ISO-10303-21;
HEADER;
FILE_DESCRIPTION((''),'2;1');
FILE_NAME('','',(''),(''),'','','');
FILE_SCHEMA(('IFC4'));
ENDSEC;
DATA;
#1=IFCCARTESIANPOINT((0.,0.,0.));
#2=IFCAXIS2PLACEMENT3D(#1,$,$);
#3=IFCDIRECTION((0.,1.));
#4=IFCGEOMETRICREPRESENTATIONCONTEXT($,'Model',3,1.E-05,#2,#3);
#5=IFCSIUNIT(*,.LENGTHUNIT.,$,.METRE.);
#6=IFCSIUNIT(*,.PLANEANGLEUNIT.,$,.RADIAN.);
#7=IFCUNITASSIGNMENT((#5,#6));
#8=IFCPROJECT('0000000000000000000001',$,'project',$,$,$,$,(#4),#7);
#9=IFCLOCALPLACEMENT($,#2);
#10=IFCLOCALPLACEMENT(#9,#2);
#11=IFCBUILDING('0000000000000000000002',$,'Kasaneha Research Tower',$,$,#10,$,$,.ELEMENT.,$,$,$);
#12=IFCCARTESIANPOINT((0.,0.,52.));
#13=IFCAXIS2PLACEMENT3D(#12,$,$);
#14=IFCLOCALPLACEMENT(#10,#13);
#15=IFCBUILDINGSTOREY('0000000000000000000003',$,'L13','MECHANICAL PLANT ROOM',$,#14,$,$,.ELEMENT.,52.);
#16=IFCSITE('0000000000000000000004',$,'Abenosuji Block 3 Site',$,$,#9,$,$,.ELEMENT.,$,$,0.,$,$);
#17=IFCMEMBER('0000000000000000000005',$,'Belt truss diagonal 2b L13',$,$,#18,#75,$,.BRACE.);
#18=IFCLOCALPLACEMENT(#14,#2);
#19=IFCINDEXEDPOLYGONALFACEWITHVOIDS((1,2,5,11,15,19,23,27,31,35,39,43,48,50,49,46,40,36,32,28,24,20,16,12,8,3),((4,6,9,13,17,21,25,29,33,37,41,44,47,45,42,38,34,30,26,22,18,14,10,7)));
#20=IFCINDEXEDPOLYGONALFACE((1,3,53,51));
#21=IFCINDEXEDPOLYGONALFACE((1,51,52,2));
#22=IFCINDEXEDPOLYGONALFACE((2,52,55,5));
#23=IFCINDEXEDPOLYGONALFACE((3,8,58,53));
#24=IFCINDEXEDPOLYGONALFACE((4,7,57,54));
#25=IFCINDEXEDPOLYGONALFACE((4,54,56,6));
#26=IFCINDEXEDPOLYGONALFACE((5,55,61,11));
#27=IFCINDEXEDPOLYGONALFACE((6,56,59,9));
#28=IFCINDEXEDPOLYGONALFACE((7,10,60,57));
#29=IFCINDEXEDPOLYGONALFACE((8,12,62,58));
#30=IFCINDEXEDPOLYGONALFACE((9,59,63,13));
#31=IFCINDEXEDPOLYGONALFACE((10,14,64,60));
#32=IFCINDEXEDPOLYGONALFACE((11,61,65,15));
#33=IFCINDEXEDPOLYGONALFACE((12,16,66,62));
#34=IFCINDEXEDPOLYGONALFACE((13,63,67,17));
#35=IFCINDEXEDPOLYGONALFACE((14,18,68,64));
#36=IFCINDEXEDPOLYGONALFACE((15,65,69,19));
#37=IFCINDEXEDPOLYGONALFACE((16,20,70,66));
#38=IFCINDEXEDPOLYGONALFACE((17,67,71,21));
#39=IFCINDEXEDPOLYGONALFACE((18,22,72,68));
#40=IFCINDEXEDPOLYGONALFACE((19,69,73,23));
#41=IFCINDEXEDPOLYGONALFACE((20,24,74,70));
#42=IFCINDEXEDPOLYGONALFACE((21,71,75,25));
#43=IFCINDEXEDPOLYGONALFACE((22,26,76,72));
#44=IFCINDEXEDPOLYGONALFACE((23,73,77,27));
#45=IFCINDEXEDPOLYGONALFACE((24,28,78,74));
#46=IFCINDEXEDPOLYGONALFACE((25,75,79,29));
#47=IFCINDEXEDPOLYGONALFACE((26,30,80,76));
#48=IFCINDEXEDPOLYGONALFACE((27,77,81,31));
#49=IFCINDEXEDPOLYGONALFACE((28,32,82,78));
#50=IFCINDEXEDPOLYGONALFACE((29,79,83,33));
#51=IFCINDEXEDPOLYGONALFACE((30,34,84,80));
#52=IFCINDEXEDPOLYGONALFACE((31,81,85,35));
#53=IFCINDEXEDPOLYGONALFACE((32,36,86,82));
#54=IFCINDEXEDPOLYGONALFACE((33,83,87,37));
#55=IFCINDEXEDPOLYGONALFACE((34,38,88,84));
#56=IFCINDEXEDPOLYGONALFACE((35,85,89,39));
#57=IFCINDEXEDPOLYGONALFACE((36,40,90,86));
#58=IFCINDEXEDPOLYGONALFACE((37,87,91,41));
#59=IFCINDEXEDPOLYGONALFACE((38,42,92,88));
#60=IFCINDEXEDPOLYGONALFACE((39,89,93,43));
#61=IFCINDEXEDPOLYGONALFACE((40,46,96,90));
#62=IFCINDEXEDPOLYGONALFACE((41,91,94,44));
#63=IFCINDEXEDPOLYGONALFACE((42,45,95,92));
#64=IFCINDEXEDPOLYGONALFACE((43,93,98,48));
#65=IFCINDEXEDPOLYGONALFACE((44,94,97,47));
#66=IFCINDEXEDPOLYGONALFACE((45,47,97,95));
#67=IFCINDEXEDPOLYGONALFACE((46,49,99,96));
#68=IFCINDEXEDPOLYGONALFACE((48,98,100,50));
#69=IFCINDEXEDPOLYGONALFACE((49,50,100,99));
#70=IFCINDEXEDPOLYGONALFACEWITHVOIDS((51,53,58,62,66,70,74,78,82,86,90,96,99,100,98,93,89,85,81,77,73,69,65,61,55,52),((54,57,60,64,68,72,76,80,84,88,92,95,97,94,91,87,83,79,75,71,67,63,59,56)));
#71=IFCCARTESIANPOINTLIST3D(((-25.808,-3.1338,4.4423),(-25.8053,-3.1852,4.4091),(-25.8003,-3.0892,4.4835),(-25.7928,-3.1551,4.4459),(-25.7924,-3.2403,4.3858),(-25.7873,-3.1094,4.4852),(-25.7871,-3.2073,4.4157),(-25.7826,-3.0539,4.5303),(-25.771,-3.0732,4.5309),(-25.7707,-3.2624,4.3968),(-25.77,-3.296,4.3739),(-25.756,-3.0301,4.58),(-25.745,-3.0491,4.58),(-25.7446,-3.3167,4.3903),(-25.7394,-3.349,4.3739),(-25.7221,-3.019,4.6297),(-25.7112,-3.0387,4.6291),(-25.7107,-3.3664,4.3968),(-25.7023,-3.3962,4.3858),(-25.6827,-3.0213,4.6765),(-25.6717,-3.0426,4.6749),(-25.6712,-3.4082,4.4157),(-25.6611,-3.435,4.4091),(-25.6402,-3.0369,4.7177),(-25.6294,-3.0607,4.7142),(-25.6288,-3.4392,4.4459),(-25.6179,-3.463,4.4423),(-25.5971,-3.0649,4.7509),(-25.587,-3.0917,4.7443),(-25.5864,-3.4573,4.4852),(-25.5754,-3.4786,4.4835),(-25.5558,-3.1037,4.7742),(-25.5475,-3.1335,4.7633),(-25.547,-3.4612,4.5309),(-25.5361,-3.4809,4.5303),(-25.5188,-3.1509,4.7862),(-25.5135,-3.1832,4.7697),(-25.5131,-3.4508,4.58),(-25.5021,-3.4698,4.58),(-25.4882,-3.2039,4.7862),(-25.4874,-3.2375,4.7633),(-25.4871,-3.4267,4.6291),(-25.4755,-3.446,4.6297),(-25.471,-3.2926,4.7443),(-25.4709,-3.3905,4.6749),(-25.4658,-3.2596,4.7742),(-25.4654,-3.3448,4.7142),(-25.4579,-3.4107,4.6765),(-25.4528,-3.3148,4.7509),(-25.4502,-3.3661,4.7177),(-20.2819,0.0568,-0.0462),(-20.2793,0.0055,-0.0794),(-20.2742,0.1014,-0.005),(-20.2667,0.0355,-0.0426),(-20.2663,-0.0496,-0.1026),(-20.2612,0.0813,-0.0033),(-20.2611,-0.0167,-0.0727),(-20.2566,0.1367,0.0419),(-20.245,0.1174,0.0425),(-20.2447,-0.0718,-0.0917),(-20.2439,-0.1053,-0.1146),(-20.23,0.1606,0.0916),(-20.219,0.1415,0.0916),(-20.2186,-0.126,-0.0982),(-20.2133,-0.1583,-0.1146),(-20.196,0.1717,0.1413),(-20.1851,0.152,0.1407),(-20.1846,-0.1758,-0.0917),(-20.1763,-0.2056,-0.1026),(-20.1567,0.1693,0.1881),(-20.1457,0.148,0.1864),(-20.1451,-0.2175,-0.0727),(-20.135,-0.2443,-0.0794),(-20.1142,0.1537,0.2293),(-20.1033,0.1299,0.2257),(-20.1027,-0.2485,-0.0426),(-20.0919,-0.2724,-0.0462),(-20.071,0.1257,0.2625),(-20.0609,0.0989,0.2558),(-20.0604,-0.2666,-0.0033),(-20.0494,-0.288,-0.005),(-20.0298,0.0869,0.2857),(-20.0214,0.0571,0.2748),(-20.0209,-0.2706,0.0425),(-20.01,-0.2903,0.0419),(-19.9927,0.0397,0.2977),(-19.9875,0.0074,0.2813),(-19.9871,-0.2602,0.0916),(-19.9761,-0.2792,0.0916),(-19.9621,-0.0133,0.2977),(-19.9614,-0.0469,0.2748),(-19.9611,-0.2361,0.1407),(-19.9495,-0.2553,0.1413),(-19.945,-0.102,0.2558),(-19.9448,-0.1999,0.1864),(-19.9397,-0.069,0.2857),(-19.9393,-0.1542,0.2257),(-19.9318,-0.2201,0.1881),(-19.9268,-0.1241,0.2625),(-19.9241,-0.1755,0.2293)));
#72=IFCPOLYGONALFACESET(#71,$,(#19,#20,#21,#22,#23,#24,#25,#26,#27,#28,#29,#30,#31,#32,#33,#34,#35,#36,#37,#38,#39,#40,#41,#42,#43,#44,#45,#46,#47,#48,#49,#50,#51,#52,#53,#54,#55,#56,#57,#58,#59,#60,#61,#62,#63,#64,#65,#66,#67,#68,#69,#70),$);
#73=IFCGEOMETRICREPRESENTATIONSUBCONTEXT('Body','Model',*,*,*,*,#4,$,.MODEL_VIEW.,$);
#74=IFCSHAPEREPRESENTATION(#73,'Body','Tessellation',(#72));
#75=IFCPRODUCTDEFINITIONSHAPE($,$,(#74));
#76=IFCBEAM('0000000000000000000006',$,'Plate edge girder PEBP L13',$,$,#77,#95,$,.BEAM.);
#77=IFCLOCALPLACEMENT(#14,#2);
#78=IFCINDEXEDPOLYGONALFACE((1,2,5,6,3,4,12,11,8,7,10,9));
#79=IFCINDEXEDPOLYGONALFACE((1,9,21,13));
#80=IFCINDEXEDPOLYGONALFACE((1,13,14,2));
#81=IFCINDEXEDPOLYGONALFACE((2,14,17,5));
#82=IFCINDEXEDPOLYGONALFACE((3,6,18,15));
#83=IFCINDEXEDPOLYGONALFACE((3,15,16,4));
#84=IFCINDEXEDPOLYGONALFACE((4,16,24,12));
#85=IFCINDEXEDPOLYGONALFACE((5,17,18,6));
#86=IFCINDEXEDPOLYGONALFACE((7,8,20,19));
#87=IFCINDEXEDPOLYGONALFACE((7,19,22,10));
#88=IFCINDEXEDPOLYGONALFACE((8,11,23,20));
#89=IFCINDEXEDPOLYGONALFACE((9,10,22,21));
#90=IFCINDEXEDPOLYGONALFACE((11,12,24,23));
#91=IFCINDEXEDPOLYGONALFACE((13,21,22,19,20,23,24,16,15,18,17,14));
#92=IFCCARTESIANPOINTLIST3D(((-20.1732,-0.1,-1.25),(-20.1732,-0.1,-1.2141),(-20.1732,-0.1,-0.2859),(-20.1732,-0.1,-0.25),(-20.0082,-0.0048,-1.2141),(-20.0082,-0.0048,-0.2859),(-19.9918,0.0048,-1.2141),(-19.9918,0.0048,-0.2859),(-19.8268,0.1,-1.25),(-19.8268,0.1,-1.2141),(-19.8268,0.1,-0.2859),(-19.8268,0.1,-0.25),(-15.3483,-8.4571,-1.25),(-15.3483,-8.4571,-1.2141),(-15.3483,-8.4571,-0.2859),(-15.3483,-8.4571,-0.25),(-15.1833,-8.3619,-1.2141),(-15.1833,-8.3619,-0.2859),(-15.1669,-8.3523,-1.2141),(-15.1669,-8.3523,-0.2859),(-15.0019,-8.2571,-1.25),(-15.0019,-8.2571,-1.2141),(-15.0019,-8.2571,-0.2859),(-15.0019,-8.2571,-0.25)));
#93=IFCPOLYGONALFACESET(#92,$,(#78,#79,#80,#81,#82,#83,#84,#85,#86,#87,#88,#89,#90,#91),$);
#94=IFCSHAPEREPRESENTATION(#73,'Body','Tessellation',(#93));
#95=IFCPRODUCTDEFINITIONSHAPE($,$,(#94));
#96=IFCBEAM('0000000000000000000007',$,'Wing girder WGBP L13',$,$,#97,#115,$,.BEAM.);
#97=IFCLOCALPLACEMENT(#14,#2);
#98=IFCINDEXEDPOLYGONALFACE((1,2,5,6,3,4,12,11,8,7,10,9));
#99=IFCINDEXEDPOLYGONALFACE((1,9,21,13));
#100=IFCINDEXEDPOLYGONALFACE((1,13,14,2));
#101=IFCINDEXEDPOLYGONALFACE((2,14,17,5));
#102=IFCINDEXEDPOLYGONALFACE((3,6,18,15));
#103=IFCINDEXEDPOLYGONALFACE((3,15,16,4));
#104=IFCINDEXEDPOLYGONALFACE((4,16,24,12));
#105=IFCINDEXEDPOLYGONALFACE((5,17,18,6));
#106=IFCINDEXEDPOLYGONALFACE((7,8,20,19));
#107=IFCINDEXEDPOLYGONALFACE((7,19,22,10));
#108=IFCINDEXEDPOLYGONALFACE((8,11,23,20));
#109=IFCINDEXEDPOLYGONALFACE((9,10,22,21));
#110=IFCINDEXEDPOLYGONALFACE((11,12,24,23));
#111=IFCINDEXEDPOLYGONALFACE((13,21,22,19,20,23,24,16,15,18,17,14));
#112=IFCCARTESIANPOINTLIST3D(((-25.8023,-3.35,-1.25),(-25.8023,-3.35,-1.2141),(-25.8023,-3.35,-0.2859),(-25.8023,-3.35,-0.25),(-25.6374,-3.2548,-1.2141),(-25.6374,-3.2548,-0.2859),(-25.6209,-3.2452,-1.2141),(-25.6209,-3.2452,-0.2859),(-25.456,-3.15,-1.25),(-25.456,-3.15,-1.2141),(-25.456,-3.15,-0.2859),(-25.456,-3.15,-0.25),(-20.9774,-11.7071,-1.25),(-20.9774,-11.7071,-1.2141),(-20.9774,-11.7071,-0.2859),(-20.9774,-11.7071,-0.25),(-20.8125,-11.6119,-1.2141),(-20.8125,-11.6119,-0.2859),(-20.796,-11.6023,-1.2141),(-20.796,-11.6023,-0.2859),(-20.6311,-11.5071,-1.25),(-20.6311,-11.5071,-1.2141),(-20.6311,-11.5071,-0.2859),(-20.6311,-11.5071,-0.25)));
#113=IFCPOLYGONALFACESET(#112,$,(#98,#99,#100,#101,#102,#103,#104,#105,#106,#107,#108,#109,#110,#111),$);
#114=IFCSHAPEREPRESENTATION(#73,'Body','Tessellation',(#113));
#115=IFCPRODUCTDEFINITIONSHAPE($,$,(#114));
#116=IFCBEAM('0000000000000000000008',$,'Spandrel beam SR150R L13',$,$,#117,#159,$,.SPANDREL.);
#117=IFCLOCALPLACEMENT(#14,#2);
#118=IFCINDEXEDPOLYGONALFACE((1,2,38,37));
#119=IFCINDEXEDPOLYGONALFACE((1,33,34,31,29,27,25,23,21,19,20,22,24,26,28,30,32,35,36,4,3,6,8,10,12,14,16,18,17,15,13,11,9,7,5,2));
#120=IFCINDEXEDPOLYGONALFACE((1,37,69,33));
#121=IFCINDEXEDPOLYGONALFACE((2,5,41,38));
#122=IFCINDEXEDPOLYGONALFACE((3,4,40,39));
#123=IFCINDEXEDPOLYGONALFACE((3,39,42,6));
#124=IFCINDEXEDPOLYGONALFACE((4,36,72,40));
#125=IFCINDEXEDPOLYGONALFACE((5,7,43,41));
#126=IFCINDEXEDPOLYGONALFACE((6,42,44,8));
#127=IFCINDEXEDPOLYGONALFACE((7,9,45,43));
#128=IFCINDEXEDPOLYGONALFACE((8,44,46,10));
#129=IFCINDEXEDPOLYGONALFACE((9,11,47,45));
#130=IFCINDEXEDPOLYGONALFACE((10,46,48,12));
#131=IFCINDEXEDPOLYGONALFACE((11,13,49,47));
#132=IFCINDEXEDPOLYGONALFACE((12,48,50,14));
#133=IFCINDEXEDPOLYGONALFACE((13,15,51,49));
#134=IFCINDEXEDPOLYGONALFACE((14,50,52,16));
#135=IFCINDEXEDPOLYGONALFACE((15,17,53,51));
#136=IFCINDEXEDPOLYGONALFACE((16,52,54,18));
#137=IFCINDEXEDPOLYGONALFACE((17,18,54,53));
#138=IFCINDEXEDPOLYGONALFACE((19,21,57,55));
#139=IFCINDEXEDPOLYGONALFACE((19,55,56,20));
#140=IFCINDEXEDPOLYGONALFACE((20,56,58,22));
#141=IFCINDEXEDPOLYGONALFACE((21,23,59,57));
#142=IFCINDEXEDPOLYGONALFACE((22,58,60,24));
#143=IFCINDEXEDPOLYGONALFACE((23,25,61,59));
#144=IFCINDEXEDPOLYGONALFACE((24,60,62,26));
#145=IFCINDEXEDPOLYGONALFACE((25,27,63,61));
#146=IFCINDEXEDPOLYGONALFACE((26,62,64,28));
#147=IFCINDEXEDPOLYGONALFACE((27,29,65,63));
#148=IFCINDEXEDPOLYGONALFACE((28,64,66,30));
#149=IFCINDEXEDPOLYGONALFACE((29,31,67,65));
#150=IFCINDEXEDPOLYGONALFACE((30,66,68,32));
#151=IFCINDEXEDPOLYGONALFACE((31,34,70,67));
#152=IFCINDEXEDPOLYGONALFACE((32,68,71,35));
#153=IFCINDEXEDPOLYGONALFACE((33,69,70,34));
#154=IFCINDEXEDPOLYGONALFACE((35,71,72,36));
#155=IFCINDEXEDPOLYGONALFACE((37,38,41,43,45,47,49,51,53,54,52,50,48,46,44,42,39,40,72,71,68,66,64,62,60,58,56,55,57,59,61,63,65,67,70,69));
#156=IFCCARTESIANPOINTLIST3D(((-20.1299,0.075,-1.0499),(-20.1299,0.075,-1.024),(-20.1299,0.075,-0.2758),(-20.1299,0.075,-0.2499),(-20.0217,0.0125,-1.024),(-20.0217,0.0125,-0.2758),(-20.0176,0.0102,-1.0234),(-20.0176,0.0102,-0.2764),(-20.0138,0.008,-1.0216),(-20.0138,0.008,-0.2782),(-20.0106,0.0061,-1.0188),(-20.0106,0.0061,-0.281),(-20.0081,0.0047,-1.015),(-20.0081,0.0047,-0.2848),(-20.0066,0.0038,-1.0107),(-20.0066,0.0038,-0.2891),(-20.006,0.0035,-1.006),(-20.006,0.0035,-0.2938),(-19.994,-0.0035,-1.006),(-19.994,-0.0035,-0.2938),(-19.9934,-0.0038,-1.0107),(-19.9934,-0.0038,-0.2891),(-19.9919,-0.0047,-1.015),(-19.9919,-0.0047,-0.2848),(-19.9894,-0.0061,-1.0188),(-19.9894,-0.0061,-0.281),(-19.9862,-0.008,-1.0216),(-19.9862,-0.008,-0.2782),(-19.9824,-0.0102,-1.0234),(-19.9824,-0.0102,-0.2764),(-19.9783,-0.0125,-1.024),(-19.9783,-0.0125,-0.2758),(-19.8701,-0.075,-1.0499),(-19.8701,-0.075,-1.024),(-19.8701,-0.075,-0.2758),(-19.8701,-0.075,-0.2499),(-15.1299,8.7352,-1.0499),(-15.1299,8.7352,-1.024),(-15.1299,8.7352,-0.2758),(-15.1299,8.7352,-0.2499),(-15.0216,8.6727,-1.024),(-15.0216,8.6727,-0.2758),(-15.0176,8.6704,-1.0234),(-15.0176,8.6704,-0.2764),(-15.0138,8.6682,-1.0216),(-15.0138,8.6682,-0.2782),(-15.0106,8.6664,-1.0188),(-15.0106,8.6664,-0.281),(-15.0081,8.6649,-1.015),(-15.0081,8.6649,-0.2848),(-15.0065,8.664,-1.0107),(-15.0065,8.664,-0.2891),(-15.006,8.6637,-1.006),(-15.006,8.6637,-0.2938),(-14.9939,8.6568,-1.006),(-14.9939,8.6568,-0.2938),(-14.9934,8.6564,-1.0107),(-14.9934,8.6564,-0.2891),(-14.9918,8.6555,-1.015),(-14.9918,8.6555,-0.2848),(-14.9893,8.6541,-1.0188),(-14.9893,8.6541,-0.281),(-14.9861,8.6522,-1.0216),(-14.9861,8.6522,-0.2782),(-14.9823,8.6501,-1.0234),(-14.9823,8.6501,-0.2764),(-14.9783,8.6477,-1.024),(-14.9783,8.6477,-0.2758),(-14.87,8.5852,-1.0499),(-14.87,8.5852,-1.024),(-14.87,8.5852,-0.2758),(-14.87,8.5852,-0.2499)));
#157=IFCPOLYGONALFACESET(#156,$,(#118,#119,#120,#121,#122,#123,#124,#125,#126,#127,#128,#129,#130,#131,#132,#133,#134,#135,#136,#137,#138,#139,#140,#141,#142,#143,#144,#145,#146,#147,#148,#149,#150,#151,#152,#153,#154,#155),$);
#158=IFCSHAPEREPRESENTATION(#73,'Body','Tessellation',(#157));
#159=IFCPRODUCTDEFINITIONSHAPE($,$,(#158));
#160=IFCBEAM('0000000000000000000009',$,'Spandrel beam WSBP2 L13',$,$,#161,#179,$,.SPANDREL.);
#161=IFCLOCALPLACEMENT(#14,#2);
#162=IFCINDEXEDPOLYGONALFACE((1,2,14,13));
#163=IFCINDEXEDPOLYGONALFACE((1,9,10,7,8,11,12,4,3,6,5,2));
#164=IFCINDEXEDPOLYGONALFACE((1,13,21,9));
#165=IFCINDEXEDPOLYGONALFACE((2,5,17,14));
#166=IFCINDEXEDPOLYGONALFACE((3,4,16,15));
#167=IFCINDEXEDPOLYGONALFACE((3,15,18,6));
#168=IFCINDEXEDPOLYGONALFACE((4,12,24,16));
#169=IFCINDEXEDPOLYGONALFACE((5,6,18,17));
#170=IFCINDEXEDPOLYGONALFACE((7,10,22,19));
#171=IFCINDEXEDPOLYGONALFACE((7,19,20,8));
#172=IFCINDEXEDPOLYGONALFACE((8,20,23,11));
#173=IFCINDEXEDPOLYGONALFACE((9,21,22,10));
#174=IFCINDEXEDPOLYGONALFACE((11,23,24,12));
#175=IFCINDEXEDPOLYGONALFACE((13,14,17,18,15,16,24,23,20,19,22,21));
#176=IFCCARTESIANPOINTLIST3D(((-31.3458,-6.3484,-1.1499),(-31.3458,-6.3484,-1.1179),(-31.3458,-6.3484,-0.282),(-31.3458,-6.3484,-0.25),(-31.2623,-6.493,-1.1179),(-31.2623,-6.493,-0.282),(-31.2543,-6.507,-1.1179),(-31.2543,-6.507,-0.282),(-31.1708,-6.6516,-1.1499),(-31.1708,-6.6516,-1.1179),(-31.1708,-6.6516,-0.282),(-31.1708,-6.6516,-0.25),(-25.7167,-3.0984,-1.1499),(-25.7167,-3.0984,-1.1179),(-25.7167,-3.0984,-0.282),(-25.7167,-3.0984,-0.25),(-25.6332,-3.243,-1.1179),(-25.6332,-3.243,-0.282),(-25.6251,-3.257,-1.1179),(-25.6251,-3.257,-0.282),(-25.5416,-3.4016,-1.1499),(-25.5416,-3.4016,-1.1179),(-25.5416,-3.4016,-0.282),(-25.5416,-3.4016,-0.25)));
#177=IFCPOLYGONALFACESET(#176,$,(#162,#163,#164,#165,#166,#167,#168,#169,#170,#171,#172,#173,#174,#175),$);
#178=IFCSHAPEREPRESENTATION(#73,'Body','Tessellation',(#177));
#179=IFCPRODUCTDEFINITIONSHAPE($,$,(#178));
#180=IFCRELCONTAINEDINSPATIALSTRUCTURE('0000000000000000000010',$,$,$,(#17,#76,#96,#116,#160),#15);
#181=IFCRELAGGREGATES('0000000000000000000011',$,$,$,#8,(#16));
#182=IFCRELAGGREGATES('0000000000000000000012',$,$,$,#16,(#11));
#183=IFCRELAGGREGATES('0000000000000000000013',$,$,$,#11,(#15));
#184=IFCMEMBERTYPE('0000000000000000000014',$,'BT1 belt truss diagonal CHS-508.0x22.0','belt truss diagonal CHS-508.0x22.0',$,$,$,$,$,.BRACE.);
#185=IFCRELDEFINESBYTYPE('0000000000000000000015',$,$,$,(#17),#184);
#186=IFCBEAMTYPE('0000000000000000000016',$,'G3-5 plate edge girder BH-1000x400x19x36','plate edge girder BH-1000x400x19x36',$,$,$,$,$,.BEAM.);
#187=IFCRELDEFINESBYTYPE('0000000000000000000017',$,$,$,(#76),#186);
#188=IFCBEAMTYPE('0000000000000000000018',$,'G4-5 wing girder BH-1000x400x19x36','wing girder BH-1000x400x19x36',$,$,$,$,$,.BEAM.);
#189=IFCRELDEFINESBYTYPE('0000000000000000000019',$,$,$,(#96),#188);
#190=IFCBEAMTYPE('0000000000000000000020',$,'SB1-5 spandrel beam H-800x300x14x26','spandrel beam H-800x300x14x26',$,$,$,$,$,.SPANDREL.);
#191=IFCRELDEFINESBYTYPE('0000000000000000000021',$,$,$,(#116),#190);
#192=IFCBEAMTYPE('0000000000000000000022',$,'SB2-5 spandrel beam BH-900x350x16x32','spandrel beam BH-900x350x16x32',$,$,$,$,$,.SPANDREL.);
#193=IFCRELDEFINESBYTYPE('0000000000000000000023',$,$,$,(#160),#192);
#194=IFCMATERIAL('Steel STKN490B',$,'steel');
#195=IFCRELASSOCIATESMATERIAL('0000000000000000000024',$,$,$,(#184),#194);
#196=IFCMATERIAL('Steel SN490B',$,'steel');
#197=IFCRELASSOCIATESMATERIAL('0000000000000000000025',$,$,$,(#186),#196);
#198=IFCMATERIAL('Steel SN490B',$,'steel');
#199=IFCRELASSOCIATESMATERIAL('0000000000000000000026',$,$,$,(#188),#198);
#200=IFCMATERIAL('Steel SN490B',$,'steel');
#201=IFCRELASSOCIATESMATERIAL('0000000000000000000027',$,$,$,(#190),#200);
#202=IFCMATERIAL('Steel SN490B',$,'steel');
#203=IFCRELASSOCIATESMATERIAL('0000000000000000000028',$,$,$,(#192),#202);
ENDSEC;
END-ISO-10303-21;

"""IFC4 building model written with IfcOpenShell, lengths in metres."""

from ifc_helpers import new_model, si_unit, direction, frame, origin, origin_2d, place, context, subcontext, project, spatial, hollow_circle, i_section, extrude, material, material_profile, profile_set, type_object, element, save


model = new_model("IFC4")

# Units and contexts
model_context = context("Model", 3, precision=1e-05, world=origin(), true_north=direction((0.0, 1.0)))
body_context = subcontext(model_context, "Body", "Model", "MODEL_VIEW")
ifc_project = project(units=[si_unit("LENGTHUNIT", "METRE"), si_unit("PLANEANGLEUNIT", "RADIAN")], contexts=[model_context])

# Site, building, storey
site_placement = place(None, origin())
site = spatial("IfcSite", under=ifc_project, at=site_placement, Name="Abenosuji Block 3 Site", CompositionType="ELEMENT", RefElevation=0.0)
building_placement = place(site_placement, origin())
building = spatial("IfcBuilding", under=site, at=building_placement, Name="Kasaneha Research Tower", CompositionType="ELEMENT")
storey_placement = place(building_placement, frame((0.0, 0.0, 52.0)))
storey = spatial("IfcBuildingStorey", under=building, at=storey_placement, Name="L13", Description="MECHANICAL PLANT ROOM", CompositionType="ELEMENT", Elevation=52.0)

# Member
ifc_material_1 = material(Name="Steel STKN490B", Category="steel")
ifc_material_profile_1 = material_profile(ifc_material_1, hollow_circle(Radius=0.2539, WallThickness=0.022, at=origin_2d()), Name="CHS-508.0x22.0")
ifc_profile_set_1 = profile_set([ifc_material_profile_1], Name="Steel STKN490B")
member_type = type_object("IfcMemberType", Name="BT1 belt truss diagonal CHS-508.0x22.0", Description="belt truss diagonal CHS-508.0x22.0", PredefinedType="BRACE", material=ifc_profile_set_1)
for number, where, z_axis, x_axis, name in (
    (1, (-20.103, -0.0593, 0.0916), (-0.70833, -0.408976, 0.575332), (0.500019, -0.866014, 0.0), "Belt truss diagonal 2b L13"),
):
    element("IfcMember", number, at=place(storey_placement, frame(where, z_axis=z_axis, x_axis=x_axis)), inside=storey, type_object=member_type, Name=name, PredefinedType="BRACE", context=body_context, shape_type="SweptSolid", body=[
        extrude(hollow_circle(Radius=0.2539, WallThickness=0.022, at=origin_2d()), origin(), (0.0, 0.0, 1.0), 7.8015),
    ])

# Beams
ifc_material_2 = material(Name="Steel SN490B", Category="steel")
ifc_material_profile_2 = material_profile(ifc_material_2, i_section(OverallWidth=0.3999, OverallDepth=1.0, WebThickness=0.019, FlangeThickness=0.0359, at=origin_2d()), Name="BH-1000x400x19x36")
ifc_profile_set_2 = profile_set([ifc_material_profile_2], Name="Steel SN490B")
beam_type_1 = type_object("IfcBeamType", Name="G3-5 plate edge girder BH-1000x400x19x36", Description="plate edge girder BH-1000x400x19x36", PredefinedType="BEAM", material=ifc_profile_set_2)
beam_1_placement = place(storey_placement, frame((-20.0, 0.0, -0.75), z_axis=(0.499995, -0.866028, 0.0), x_axis=(0.866028, 0.499995, 0.0)))
element("IfcBeam", 2, at=beam_1_placement, inside=storey, type_object=beam_type_1, Name="Plate edge girder PEBP L13", PredefinedType="BEAM", context=body_context, shape_type="SweptSolid", body=[
    extrude(i_section(OverallWidth=0.3999, OverallDepth=1.0, WebThickness=0.019, FlangeThickness=0.0359, at=origin_2d()), origin(), (0.0, 0.0, 1.0), 9.6499),
])
ifc_material_3 = material(Name="Steel SN490B", Category="steel")
ifc_material_profile_3 = material_profile(ifc_material_3, i_section(OverallWidth=0.3999, OverallDepth=1.0, WebThickness=0.019, FlangeThickness=0.0359, at=origin_2d()), Name="BH-1000x400x19x36")
ifc_profile_set_3 = profile_set([ifc_material_profile_3], Name="Steel SN490B")
beam_type_2 = type_object("IfcBeamType", Name="G4-5 wing girder BH-1000x400x19x36", Description="wing girder BH-1000x400x19x36", PredefinedType="BEAM", material=ifc_profile_set_3)
beam_2_placement = place(storey_placement, frame((-25.6292, -3.25, -0.75), z_axis=(0.499995, -0.866028, 0.0), x_axis=(0.866028, 0.499995, 0.0)))
element("IfcBeam", 3, at=beam_2_placement, inside=storey, type_object=beam_type_2, Name="Wing girder WGBP L13", PredefinedType="BEAM", context=body_context, shape_type="SweptSolid", body=[
    extrude(i_section(OverallWidth=0.3999, OverallDepth=1.0, WebThickness=0.019, FlangeThickness=0.0359, at=origin_2d()), origin(), (0.0, 0.0, 1.0), 9.6499),
])
ifc_material_4 = material(Name="Steel SN490B", Category="steel")
ifc_material_profile_4 = material_profile(ifc_material_4, i_section(OverallWidth=0.3, OverallDepth=0.8, WebThickness=0.0139, FlangeThickness=0.0259, FilletRadius=0.0181, at=origin_2d()), Name="H-800x300x14x26")
ifc_profile_set_4 = profile_set([ifc_material_profile_4], Name="Steel SN490B")
beam_type_3 = type_object("IfcBeamType", Name="SB1-5 spandrel beam H-800x300x14x26", Description="spandrel beam H-800x300x14x26", PredefinedType="SPANDREL", material=ifc_profile_set_4)
beam_3_placement = place(storey_placement, frame((-20.0, 0.0, -0.6499), z_axis=(0.500004, 0.866023, 0.0), x_axis=(-0.866023, 0.500004, 0.0)))
element("IfcBeam", 4, at=beam_3_placement, inside=storey, type_object=beam_type_3, Name="Spandrel beam SR150R L13", PredefinedType="SPANDREL", context=body_context, shape_type="SweptSolid", body=[
    extrude(i_section(OverallWidth=0.3, OverallDepth=0.8, WebThickness=0.0139, FlangeThickness=0.0259, FilletRadius=0.0181, at=origin_2d()), origin(), (0.0, 0.0, 1.0), 10.0),
])
ifc_material_5 = material(Name="Steel SN490B", Category="steel")
ifc_material_profile_5 = material_profile(ifc_material_5, i_section(OverallWidth=0.3501, OverallDepth=0.8999, WebThickness=0.0161, FlangeThickness=0.032, at=origin_2d()), Name="BH-900x350x16x32")
ifc_profile_set_5 = profile_set([ifc_material_profile_5], Name="Steel SN490B")
beam_type_4 = type_object("IfcBeamType", Name="SB2-5 spandrel beam BH-900x350x16x32", Description="spandrel beam BH-900x350x16x32", PredefinedType="SPANDREL", material=ifc_profile_set_5)
beam_4_placement = place(storey_placement, frame((-25.6292, -3.25, -0.7), z_axis=(-0.866025, -0.500001, 0.0), x_axis=(0.500001, -0.866025, 0.0)))
element("IfcBeam", 5, at=beam_4_placement, inside=storey, type_object=beam_type_4, Name="Spandrel beam WSBP2 L13", PredefinedType="SPANDREL", context=body_context, shape_type="SweptSolid", body=[
    extrude(i_section(OverallWidth=0.3501, OverallDepth=0.8999, WebThickness=0.0161, FlangeThickness=0.032, at=origin_2d()), origin(), (0.0, 0.0, 1.0), 6.5),
])

save(model, "model.ifc")
